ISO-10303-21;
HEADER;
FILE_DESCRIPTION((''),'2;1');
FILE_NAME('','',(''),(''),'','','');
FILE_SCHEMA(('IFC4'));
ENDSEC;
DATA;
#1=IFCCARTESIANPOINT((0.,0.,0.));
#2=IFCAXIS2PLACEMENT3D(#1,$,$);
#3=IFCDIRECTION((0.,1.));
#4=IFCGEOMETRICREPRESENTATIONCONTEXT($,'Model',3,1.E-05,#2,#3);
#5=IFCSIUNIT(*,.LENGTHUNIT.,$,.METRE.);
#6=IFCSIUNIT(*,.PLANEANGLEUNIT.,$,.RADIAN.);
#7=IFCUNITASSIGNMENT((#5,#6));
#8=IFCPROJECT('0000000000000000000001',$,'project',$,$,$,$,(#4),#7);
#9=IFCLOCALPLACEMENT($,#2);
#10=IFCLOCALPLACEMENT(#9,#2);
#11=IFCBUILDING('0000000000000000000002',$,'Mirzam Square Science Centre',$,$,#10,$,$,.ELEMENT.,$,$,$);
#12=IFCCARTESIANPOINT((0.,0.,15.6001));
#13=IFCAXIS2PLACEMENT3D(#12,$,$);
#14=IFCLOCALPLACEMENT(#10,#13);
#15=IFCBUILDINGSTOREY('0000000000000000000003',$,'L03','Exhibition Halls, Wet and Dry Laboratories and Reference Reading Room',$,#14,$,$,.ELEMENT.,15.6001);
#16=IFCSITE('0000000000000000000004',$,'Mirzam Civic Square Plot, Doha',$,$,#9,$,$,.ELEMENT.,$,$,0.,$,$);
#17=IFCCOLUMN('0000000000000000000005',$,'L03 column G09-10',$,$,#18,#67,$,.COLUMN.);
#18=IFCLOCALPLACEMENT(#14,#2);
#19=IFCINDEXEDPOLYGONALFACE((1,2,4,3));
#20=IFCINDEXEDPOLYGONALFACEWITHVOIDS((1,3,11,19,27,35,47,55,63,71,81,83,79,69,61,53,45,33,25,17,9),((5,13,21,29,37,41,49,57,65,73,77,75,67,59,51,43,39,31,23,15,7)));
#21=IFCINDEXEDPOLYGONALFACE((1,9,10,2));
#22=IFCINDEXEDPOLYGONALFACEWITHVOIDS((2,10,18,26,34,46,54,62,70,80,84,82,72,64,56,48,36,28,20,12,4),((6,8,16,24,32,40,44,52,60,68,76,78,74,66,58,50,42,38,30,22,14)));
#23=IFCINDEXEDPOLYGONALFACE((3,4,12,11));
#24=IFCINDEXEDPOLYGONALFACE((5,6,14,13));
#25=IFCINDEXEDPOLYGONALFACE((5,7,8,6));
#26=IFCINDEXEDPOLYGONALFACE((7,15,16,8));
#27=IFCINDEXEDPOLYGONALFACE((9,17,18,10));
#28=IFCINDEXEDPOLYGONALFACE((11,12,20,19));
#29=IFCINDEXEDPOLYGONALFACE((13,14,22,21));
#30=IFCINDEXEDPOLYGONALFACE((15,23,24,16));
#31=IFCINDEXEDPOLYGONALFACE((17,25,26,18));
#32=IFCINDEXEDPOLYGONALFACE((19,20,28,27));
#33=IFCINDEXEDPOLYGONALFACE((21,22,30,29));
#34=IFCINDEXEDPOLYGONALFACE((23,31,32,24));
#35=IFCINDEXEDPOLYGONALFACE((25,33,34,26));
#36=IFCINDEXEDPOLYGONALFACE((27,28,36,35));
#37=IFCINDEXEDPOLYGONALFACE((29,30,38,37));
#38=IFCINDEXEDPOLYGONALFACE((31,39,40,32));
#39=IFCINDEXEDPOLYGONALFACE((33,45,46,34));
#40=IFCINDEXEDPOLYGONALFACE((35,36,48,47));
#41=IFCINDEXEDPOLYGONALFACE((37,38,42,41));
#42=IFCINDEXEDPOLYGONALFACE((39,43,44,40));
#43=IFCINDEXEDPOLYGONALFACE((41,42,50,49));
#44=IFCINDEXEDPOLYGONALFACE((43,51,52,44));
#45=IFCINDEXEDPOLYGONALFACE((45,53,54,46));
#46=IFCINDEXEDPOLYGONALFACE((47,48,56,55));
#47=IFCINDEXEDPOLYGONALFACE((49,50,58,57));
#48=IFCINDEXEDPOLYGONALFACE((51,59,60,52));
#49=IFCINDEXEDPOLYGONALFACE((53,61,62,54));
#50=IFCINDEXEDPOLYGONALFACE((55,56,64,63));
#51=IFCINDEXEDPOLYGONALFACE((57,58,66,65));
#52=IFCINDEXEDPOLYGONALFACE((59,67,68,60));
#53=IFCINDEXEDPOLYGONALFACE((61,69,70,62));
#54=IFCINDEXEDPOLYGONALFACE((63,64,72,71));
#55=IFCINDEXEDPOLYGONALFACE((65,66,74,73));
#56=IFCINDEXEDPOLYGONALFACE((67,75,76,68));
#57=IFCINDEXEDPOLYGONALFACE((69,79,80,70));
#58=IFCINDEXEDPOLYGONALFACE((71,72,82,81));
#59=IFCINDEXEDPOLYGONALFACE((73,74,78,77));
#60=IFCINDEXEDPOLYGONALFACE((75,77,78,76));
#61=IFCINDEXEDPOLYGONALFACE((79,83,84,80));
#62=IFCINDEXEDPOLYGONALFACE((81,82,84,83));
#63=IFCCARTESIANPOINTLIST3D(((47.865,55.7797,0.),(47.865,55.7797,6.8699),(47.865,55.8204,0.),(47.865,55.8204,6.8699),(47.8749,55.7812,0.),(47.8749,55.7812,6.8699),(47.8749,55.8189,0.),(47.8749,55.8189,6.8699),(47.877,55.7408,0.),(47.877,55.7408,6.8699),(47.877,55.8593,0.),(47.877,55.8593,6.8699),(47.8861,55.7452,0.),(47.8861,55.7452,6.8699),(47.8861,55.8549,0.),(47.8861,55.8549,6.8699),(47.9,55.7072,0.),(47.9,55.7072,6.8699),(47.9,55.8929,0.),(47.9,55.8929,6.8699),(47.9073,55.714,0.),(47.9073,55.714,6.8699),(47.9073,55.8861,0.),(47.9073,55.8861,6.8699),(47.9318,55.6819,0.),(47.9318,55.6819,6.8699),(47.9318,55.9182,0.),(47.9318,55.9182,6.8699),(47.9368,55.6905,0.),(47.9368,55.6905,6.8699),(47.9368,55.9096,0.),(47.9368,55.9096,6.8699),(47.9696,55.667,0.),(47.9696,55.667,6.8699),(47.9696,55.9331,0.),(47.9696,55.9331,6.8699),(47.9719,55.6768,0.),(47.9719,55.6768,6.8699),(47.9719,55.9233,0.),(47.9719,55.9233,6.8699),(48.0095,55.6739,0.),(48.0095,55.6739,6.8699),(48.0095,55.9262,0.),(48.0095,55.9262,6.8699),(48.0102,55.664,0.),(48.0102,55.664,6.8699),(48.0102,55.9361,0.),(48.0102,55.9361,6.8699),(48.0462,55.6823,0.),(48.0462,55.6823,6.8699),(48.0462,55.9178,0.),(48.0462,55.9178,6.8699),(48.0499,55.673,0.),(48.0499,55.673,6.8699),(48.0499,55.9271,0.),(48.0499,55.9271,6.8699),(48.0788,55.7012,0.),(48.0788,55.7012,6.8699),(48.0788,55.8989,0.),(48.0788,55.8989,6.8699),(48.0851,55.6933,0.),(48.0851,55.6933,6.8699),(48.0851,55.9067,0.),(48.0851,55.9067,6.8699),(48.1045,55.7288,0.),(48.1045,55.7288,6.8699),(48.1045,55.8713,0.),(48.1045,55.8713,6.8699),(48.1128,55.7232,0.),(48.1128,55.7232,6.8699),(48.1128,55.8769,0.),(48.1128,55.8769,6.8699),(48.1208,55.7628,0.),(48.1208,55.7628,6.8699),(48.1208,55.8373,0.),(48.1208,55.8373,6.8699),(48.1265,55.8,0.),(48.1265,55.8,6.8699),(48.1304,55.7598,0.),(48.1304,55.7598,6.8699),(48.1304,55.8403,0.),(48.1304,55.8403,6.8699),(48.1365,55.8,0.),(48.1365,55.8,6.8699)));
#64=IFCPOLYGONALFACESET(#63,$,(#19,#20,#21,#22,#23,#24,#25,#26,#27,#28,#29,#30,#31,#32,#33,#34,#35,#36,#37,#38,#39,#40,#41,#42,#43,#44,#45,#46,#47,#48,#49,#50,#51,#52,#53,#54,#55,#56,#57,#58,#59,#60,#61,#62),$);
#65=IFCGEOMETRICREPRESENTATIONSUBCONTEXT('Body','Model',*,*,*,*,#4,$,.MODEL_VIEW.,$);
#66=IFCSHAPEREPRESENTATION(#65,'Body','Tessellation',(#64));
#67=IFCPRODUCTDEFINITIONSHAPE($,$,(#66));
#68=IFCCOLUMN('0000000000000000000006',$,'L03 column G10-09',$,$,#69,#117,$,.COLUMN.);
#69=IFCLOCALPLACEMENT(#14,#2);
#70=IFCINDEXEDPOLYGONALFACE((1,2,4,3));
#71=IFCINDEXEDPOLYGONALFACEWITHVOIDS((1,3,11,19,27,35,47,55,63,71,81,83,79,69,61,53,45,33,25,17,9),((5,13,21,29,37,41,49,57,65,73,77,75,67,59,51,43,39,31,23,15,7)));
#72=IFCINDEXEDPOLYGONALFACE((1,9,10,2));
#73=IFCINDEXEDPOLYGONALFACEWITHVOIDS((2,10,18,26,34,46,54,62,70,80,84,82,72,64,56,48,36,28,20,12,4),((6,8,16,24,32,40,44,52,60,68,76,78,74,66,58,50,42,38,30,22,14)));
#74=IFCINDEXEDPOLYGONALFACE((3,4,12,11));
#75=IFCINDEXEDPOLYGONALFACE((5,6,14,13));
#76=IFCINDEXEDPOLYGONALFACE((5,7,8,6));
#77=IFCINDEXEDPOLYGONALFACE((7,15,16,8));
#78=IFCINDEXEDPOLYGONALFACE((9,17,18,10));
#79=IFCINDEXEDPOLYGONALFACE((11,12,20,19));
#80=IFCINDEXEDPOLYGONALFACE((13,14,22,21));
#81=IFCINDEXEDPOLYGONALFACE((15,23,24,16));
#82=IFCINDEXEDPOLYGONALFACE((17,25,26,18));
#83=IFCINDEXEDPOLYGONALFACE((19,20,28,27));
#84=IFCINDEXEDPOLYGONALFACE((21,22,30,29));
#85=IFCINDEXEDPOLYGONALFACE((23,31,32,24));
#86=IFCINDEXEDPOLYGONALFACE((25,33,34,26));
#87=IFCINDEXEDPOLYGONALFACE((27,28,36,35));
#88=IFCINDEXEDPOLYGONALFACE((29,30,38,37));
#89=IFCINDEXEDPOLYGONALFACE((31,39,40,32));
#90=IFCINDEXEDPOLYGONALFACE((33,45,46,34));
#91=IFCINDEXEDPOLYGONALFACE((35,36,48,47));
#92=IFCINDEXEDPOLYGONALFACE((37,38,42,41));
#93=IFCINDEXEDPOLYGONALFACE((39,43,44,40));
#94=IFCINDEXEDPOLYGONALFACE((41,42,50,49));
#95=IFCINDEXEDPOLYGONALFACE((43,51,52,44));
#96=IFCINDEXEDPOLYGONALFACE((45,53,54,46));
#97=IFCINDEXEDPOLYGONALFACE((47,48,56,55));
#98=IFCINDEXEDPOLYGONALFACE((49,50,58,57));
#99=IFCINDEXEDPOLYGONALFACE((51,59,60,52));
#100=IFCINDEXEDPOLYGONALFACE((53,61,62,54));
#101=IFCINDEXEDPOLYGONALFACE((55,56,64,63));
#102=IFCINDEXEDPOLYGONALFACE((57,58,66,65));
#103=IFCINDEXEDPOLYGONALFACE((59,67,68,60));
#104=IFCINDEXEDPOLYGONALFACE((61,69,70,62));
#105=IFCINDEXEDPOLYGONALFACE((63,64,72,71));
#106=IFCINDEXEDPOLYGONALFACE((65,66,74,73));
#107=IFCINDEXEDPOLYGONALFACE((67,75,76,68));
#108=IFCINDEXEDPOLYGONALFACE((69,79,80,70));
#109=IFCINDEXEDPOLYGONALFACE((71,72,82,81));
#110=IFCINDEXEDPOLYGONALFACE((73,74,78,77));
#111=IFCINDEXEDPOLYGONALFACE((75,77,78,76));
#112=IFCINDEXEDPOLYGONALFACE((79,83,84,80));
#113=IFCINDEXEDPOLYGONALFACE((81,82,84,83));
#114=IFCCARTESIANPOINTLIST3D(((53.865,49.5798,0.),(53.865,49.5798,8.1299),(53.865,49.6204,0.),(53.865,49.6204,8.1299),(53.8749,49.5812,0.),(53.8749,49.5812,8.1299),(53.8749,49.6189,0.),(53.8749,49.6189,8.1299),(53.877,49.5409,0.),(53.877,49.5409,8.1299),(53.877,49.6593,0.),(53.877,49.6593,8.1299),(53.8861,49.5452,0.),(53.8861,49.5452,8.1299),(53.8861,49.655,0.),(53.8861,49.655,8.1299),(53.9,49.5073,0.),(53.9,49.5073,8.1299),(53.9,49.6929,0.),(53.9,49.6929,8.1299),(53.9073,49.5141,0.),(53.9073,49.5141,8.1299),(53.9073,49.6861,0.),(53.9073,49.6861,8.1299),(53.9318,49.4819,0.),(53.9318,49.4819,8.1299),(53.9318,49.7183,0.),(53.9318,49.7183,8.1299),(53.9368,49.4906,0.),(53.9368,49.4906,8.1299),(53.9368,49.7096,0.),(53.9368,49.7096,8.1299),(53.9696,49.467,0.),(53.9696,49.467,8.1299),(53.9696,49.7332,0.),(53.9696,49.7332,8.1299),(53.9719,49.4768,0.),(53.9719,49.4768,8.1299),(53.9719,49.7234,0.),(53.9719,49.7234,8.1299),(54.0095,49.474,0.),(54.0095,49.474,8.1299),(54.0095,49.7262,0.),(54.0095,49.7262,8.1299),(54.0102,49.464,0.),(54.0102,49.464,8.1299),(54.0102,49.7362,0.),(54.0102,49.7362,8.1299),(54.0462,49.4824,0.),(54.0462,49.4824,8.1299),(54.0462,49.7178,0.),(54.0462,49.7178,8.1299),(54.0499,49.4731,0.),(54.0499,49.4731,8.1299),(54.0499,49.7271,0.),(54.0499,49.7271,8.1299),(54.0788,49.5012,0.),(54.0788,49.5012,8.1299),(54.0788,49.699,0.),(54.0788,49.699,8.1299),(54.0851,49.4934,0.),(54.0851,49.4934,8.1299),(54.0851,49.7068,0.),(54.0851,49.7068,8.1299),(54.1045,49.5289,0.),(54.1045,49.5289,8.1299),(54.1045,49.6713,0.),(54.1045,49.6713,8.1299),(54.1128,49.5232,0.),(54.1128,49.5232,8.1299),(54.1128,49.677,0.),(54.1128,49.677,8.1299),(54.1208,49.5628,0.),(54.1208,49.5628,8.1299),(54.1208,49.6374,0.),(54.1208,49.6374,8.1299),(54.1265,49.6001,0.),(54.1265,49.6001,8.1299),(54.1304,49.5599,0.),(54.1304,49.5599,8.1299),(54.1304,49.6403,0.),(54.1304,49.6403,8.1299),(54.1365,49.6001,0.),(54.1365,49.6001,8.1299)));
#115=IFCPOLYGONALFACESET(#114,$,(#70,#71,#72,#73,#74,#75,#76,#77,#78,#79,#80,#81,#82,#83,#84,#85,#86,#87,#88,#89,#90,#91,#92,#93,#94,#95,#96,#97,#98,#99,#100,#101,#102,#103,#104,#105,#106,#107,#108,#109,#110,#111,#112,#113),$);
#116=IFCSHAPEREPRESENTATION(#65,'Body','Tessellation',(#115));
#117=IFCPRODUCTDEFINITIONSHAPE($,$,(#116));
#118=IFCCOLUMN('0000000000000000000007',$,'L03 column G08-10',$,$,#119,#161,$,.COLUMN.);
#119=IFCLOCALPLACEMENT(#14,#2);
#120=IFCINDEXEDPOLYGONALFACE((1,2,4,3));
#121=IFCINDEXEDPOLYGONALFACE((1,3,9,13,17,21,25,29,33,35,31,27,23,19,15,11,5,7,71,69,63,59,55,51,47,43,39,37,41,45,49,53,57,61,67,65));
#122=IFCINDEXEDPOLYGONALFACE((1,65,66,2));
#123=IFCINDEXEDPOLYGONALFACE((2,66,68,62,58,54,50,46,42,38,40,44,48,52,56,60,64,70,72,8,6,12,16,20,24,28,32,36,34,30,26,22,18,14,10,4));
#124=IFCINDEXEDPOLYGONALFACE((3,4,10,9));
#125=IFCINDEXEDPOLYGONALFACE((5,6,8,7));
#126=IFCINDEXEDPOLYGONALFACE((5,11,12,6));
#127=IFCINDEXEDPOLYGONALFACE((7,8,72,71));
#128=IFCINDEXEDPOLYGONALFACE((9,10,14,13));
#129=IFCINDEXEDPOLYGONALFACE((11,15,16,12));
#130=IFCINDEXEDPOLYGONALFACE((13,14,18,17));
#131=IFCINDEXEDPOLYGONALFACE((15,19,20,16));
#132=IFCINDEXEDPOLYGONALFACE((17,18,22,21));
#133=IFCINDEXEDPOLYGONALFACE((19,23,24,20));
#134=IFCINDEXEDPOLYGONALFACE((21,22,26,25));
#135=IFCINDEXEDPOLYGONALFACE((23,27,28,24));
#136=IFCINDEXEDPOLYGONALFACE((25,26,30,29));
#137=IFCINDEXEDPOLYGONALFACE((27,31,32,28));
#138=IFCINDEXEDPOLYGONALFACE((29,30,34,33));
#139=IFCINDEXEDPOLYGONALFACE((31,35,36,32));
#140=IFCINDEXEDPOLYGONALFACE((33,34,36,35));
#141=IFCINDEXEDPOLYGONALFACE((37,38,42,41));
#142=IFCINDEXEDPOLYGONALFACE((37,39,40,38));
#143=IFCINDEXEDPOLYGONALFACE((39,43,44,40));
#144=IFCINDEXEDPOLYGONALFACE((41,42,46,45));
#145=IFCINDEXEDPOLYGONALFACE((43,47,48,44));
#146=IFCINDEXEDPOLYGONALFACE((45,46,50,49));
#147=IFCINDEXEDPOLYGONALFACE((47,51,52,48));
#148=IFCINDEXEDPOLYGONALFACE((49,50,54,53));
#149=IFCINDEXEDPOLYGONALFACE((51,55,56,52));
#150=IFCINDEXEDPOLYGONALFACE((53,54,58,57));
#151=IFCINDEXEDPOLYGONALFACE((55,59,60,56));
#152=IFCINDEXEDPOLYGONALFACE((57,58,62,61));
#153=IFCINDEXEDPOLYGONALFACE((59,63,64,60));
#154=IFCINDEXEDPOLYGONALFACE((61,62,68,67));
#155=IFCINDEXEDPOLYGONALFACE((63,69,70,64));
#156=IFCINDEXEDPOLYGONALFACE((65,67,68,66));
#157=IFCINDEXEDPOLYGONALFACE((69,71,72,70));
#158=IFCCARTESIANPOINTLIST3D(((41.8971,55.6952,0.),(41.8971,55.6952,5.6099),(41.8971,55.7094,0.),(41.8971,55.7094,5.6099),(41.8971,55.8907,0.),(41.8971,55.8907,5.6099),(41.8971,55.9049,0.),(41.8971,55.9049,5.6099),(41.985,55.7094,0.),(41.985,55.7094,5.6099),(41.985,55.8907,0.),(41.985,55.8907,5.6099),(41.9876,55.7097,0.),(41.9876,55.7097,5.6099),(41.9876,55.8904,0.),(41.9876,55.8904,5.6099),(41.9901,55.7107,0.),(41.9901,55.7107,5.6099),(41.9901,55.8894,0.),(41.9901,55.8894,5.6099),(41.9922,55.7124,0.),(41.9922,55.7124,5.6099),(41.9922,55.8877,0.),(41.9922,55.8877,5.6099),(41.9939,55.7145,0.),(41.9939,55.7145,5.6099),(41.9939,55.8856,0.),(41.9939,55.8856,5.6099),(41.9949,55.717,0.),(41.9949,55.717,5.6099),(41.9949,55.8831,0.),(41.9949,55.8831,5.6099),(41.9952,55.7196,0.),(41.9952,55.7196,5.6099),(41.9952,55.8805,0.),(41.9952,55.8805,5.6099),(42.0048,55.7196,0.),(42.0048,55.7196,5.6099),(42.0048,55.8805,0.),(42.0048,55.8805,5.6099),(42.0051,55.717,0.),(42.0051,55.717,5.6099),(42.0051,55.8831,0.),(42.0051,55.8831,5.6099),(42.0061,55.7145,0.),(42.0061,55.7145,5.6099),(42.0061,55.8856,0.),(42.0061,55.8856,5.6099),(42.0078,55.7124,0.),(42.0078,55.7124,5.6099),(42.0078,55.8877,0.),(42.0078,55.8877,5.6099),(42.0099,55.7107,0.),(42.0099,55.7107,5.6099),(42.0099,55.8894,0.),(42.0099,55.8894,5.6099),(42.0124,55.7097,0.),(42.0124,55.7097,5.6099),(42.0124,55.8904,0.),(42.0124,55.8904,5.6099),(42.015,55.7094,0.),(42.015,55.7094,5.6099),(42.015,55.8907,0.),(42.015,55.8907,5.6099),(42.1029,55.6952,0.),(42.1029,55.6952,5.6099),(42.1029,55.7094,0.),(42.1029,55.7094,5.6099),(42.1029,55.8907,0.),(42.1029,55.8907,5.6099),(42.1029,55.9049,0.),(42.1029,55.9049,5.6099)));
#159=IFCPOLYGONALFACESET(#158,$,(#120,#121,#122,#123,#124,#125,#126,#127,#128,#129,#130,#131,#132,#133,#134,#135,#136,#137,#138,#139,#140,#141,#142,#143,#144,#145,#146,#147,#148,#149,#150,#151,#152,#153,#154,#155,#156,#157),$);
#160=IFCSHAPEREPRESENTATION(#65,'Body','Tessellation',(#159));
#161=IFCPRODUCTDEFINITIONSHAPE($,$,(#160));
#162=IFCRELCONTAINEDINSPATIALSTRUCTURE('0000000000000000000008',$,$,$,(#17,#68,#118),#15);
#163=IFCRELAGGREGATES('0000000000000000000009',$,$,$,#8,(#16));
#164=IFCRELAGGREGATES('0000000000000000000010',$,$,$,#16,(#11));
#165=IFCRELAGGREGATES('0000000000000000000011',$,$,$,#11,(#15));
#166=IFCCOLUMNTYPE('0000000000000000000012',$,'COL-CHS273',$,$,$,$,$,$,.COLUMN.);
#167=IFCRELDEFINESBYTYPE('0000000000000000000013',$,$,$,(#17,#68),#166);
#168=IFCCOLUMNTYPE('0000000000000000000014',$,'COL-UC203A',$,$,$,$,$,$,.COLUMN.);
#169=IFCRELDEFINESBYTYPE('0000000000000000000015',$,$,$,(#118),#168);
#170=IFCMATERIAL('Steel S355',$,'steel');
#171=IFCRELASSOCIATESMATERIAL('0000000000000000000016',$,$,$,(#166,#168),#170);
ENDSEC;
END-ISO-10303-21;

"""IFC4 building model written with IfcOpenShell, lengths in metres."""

from ifc_helpers import new_model, si_unit, direction, frame, origin, origin_2d, place, context, subcontext, project, spatial, hollow_circle, i_section, extrude, material, material_profile, profile_set, type_object, element, save


model = new_model("IFC4")

# Units and contexts
model_context = context("Model", 3, precision=1e-05, world=origin(), true_north=direction((0.0, 1.0)))
body_context = subcontext(model_context, "Body", "Model", "MODEL_VIEW")
ifc_project = project(units=[si_unit("LENGTHUNIT", "METRE"), si_unit("PLANEANGLEUNIT", "RADIAN")], contexts=[model_context])

# Site, building, storey
site_placement = place(None, origin())
site = spatial("IfcSite", under=ifc_project, at=site_placement, Name="Mirzam Civic Square Plot, Doha", CompositionType="ELEMENT", RefElevation=0.0)
building_placement = place(site_placement, origin())
building = spatial("IfcBuilding", under=site, at=building_placement, Name="Mirzam Square Science Centre", CompositionType="ELEMENT")
storey_placement = place(building_placement, frame((0.0, 0.0, 15.6001)))
storey = spatial("IfcBuildingStorey", under=building, at=storey_placement, Name="L03", Description="Exhibition Halls, Wet and Dry Laboratories and Reference Reading Room", CompositionType="ELEMENT", Elevation=15.6001)

# Columns
ifc_material_1 = material(Name="Steel S355", Category="steel")
ifc_material_profile_1 = material_profile(ifc_material_1, hollow_circle(Radius=0.1365, WallThickness=0.01, at=origin_2d()), Name="273.0x10.0CHS")
ifc_profile_set_1 = profile_set([ifc_material_profile_1], Name="Steel S355")
column_type_1 = type_object("IfcColumnType", Name="COL-CHS273", PredefinedType="COLUMN", material=ifc_profile_set_1)
column_1_placement = place(storey_placement, frame((48.0, 55.8, 0.0), z_axis=(0.0, 0.0, 1.0), x_axis=(1.0, 0.0, 0.0)))
element("IfcColumn", 1, at=column_1_placement, inside=storey, type_object=column_type_1, Name="L03 column G09-10", PredefinedType="COLUMN", context=body_context, shape_type="SweptSolid", body=[
    extrude(hollow_circle(Radius=0.1365, WallThickness=0.01, at=origin_2d()), origin(), (0.0, 0.0, 1.0), 6.8699),
])
column_2_placement = place(storey_placement, frame((54.0, 49.6001, 0.0), z_axis=(0.0, 0.0, 1.0), x_axis=(1.0, 0.0, 0.0)))
element("IfcColumn", 2, at=column_2_placement, inside=storey, type_object=column_type_1, Name="L03 column G10-09", PredefinedType="COLUMN", context=body_context, shape_type="SweptSolid", body=[
    extrude(hollow_circle(Radius=0.1365, WallThickness=0.01, at=origin_2d()), origin(), (0.0, 0.0, 1.0), 8.1299),
])
ifc_material_profile_2 = material_profile(ifc_material_1, i_section(OverallWidth=0.2058, OverallDepth=0.2097, WebThickness=0.0095, FlangeThickness=0.0142, FilletRadius=0.0103, at=origin_2d()), Name="203x203x60UC")
ifc_profile_set_2 = profile_set([ifc_material_profile_2], Name="Steel S355")
column_type_2 = type_object("IfcColumnType", Name="COL-UC203A", PredefinedType="COLUMN", material=ifc_profile_set_2)
column_3_placement = place(storey_placement, frame((42.0, 55.8, 0.0), z_axis=(0.0, 0.0, 1.0), x_axis=(1.0, 0.0, 0.0)))
element("IfcColumn", 3, at=column_3_placement, inside=storey, type_object=column_type_2, Name="L03 column G08-10", PredefinedType="COLUMN", context=body_context, shape_type="SweptSolid", body=[
    extrude(i_section(OverallWidth=0.2058, OverallDepth=0.2097, WebThickness=0.0095, FlangeThickness=0.0142, FilletRadius=0.0103, at=origin_2d()), origin(), (0.0, 0.0, 1.0), 5.6099),
])

save(model, "model.ifc")
